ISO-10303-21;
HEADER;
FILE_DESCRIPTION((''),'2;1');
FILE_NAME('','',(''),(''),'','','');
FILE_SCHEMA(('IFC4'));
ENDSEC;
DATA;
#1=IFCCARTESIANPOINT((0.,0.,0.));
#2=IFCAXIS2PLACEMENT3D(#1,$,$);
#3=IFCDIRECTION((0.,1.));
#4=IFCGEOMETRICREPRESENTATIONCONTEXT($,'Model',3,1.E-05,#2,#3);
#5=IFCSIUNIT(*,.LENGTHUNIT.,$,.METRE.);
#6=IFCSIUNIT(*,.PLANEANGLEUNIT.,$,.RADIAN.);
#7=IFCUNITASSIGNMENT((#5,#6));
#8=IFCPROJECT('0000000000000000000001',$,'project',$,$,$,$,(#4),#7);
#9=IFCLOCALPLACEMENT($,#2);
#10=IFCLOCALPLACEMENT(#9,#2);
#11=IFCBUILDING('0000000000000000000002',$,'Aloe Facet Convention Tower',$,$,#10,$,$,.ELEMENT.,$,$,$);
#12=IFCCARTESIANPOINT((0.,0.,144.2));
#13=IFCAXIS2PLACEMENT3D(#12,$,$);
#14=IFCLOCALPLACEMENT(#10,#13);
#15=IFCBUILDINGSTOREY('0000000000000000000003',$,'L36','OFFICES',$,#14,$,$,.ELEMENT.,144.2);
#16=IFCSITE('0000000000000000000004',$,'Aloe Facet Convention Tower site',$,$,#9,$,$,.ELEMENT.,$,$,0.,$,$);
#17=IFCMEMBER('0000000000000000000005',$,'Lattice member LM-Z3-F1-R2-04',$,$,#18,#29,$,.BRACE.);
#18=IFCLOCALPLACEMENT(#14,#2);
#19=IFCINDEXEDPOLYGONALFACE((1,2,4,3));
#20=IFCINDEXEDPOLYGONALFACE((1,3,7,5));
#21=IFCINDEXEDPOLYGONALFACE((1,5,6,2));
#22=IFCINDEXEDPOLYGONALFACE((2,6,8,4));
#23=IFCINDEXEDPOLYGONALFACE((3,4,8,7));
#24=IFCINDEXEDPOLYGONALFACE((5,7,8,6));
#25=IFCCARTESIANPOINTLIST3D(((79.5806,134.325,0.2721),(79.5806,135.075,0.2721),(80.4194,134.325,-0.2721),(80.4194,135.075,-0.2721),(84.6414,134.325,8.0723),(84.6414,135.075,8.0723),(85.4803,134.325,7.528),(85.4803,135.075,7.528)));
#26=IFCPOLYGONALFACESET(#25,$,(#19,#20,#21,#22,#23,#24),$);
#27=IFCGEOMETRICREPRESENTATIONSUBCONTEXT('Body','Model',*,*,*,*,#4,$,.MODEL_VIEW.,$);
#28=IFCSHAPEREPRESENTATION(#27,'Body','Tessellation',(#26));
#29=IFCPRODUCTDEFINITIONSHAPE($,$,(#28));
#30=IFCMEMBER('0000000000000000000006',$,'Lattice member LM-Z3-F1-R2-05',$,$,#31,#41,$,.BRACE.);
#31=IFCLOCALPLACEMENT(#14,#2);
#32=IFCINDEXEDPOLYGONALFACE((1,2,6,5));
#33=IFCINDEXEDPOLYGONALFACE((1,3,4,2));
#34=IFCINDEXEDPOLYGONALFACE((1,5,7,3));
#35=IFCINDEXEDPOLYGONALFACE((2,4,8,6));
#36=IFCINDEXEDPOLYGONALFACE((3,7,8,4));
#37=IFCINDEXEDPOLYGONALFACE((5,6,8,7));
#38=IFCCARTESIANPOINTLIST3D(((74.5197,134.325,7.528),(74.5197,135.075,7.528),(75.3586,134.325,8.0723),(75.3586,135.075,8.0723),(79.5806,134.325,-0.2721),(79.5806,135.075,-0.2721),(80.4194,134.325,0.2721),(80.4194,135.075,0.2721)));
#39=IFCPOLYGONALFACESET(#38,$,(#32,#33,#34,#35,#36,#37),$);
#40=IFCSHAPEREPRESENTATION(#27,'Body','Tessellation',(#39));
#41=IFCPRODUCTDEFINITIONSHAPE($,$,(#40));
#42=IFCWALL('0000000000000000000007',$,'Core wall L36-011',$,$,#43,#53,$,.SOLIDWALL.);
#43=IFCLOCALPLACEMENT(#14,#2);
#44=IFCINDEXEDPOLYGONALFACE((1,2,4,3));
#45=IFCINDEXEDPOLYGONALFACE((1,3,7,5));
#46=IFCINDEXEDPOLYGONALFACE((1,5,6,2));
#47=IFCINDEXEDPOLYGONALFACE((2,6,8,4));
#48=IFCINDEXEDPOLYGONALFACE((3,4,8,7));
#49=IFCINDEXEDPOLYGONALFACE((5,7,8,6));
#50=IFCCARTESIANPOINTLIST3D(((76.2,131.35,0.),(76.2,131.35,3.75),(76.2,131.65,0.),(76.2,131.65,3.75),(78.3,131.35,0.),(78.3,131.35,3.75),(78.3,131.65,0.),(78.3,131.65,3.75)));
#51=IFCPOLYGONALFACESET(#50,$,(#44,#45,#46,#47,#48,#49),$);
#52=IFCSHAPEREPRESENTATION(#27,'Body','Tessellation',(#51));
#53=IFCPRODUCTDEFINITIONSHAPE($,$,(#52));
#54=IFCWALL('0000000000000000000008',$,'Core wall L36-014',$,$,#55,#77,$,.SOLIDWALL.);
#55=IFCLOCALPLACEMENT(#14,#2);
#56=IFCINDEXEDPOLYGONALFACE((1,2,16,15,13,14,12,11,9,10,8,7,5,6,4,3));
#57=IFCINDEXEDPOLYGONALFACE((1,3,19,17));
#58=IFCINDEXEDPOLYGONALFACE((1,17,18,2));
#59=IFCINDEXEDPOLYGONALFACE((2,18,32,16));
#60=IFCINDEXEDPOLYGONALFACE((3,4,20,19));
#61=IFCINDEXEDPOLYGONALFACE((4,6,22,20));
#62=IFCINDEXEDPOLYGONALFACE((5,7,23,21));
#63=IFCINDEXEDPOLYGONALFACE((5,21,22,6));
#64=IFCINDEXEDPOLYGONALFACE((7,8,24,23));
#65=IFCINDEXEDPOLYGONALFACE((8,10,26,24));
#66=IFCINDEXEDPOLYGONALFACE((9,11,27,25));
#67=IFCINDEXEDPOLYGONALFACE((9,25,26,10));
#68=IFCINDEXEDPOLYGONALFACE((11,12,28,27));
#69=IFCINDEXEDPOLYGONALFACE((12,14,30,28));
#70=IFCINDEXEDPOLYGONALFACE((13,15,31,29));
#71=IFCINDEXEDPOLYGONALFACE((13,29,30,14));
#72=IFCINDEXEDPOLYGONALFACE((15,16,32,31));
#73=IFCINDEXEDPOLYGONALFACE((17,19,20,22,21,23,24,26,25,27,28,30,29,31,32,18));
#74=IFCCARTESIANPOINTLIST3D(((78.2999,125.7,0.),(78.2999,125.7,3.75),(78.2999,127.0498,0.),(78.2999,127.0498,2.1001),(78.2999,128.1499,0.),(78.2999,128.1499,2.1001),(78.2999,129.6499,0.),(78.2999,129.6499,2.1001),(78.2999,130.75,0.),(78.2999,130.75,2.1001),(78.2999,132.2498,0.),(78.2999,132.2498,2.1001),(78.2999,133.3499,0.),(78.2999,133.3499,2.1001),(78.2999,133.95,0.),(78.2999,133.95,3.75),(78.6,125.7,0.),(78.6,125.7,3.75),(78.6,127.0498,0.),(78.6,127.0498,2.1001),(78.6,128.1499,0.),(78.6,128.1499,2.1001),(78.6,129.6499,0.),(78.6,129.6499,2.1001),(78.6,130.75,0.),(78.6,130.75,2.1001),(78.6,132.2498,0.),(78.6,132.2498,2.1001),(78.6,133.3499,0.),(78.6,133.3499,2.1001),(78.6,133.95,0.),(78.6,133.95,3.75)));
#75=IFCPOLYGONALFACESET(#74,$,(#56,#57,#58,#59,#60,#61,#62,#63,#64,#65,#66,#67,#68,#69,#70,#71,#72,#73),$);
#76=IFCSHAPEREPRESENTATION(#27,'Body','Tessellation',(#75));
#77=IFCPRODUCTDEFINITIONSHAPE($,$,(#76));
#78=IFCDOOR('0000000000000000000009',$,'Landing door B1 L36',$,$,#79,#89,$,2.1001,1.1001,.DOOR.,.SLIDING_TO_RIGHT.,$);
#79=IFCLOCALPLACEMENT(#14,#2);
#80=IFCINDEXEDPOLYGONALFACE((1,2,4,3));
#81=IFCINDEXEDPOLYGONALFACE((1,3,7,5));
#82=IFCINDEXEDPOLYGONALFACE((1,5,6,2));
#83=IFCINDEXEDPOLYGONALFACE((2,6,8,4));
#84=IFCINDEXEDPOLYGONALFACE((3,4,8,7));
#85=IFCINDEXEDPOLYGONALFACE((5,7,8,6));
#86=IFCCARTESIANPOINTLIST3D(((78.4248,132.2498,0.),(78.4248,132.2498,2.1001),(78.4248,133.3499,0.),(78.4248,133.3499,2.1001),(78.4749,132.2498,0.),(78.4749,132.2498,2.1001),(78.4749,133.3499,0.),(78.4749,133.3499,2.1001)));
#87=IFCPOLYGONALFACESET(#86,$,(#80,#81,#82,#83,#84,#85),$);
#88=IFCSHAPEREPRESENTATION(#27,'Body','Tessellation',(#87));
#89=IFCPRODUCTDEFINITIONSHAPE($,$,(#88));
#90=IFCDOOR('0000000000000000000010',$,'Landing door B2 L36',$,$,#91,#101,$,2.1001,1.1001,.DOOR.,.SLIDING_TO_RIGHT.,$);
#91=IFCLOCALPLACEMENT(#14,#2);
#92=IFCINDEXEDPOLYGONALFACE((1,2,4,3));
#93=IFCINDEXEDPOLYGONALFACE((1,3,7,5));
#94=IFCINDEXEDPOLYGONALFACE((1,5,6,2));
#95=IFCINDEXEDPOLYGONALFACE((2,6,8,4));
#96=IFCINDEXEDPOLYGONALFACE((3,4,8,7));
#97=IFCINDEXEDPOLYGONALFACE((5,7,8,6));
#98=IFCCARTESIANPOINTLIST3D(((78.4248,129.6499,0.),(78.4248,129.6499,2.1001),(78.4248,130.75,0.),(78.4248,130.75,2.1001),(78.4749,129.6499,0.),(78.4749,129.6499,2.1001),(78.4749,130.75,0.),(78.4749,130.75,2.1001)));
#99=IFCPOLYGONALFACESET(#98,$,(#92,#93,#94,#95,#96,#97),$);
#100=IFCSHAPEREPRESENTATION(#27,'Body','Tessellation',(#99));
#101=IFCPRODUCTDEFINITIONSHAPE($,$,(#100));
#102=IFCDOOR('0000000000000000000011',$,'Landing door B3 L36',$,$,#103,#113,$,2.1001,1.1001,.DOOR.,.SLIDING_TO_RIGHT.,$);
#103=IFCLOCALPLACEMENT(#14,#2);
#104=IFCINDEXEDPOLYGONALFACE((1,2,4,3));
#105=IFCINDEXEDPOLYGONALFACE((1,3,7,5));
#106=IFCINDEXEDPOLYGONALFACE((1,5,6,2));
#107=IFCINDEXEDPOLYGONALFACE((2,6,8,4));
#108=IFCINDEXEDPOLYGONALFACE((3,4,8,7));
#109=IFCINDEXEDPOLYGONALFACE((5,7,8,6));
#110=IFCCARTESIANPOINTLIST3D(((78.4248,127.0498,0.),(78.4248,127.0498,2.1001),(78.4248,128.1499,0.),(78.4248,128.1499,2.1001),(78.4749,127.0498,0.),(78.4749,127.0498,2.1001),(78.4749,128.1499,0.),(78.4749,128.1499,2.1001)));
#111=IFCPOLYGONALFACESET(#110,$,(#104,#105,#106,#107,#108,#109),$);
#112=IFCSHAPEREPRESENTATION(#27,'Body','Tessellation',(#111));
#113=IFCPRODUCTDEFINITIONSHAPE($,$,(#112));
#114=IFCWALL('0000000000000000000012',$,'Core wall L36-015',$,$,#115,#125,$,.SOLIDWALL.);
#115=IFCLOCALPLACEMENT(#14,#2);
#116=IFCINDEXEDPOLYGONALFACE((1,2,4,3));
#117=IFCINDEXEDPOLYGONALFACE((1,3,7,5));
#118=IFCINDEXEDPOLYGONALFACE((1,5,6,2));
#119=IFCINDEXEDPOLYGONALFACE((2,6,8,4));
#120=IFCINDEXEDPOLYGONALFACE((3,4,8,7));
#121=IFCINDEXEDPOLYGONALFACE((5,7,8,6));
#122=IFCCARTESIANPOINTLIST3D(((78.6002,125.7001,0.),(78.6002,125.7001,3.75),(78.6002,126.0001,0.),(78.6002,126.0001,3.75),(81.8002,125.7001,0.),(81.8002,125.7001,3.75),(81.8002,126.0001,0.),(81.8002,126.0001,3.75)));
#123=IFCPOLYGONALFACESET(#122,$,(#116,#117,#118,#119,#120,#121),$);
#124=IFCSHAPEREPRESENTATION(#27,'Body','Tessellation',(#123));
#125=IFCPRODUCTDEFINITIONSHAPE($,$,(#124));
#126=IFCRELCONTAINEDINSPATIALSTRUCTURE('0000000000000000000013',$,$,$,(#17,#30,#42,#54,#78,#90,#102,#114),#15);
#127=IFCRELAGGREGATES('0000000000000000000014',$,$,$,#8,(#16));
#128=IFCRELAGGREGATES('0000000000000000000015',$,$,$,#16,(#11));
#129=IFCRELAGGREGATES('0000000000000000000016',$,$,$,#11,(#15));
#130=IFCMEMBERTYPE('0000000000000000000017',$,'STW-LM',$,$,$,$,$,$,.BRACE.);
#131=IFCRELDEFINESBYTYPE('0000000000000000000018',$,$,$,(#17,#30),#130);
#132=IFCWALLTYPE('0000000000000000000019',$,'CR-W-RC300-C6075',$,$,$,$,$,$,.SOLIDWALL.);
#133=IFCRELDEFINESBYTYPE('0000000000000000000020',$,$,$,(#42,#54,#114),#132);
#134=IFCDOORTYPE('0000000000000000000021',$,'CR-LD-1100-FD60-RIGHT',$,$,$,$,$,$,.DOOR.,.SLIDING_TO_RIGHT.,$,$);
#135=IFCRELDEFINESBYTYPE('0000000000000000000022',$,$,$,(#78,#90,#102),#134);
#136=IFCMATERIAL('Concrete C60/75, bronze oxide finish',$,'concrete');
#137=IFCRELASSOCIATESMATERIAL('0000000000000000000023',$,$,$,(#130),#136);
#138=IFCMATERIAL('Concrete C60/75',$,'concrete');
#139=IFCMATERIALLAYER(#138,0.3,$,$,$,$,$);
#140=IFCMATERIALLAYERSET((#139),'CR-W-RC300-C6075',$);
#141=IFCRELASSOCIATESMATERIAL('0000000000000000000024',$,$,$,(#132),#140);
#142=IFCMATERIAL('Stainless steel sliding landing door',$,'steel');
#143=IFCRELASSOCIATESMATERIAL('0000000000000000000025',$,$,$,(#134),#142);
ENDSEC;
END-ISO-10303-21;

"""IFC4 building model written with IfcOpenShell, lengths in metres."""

from ifc_helpers import new_model, si_unit, direction, frame, frame_2d, origin, origin_2d, place, context, subcontext, project, spatial, rectangle, extrude, material, layer, layer_set, material_profile, profile_set, type_object, element, fill, save


model = new_model("IFC4")

# Units and contexts
model_context = context("Model", 3, precision=1e-05, world=origin(), true_north=direction((0.0, 1.0)))
body_context = subcontext(model_context, "Body", "Model", "MODEL_VIEW")
ifc_project = project(units=[si_unit("LENGTHUNIT", "METRE"), si_unit("PLANEANGLEUNIT", "RADIAN")], contexts=[model_context])

# Site, building, storey
site_placement = place(None, origin())
site = spatial("IfcSite", under=ifc_project, at=site_placement, Name="Aloe Facet Convention Tower site", CompositionType="ELEMENT", RefElevation=0.0)
building_placement = place(site_placement, origin())
building = spatial("IfcBuilding", under=site, at=building_placement, Name="Aloe Facet Convention Tower", CompositionType="ELEMENT")
storey_placement = place(building_placement, frame((0.0, 0.0, 144.2)))
storey = spatial("IfcBuildingStorey", under=building, at=storey_placement, Name="L36", Description="OFFICES", CompositionType="ELEMENT", Elevation=144.2)

# Members
ifc_material_1 = material(Name="Concrete C60/75, bronze oxide finish", Category="concrete")
ifc_material_profile = material_profile(ifc_material_1, rectangle(XDim=0.75, YDim=1.0, at=origin_2d()), Name="STW-LM")
ifc_profile_set = profile_set([ifc_material_profile], Name="Concrete C60/75, bronze oxide finish")
member_type = type_object("IfcMemberType", Name="STW-LM", PredefinedType="BRACE", material=ifc_profile_set)
for number, where, z_axis, x_axis, name in (
    (1, (80.0, 134.7, 0.0), (0.54429, 0.0, 0.838897), (0.0, 1.0, 0.0), "Lattice member LM-Z3-F1-R2-04"),
    (2, (80.0, 134.7, 0.0), (-0.54429, 0.0, 0.838897), (0.0, -1.0, 0.0), "Lattice member LM-Z3-F1-R2-05"),
):
    element("IfcMember", number, at=place(storey_placement, frame(where, z_axis=z_axis, x_axis=x_axis)), inside=storey, type_object=member_type, Name=name, PredefinedType="BRACE", context=body_context, shape_type="SweptSolid", body=[
        extrude(rectangle(XDim=0.75, YDim=1.0, at=origin_2d()), origin(), (0.0, 0.0, 1.0), 9.2981),
    ])

# Wall
ifc_material_2 = material(Name="Concrete C60/75", Category="concrete")
ifc_layer = layer(ifc_material_2, 0.3)
ifc_layer_set = layer_set([ifc_layer], Name="CR-W-RC300-C6075")
wall_type = type_object("IfcWallType", Name="CR-W-RC300-C6075", PredefinedType="SOLIDWALL", material=ifc_layer_set)
wall_1_placement = place(storey_placement, frame((76.2, 131.5, 0.0), z_axis=(0.0, 0.0, 1.0), x_axis=(1.0, 0.0, 0.0)))
element("IfcWall", 3, at=wall_1_placement, inside=storey, type_object=wall_type, Name="Core wall L36-011", PredefinedType="SOLIDWALL", context=body_context, shape_type="SweptSolid", body=[
    extrude(rectangle(XDim=2.1001, YDim=0.3, at=frame_2d((1.05, 0.0))), origin(), (0.0, 0.0, 1.0), 3.75),
])

# Wall, openings, doors
wall_2_placement = place(storey_placement, frame((78.45, 133.95, 0.0), z_axis=(0.0, 0.0, 1.0), x_axis=(0.0, -1.0, 0.0)))
wall_2 = element("IfcWall", 4, at=wall_2_placement, inside=storey, type_object=wall_type, Name="Core wall L36-014", PredefinedType="SOLIDWALL", context=body_context, shape_type="SweptSolid", body=[
    extrude(rectangle(XDim=8.25, YDim=0.3, at=frame_2d((4.125, 0.0))), origin(), (0.0, 0.0, 1.0), 3.75),
])
opening_1_placement = place(wall_2_placement, frame((0.6001, 0.0, 0.0)))
opening_1 = element("IfcOpeningElement", 5, at=opening_1_placement, cuts=wall_2, PredefinedType="OPENING", context=body_context, shape_type="SweptSolid", body=[
    extrude(rectangle(XDim=1.1001, YDim=2.1001, at=frame_2d((0.55, 1.05))), frame((0.0, 0.1602, 0.0), z_axis=(0.0, -1.0, 0.0), x_axis=(1.0, 0.0, 0.0)), (0.0, 0.0, 1.0), 0.3201),
])
opening_2_placement = place(wall_2_placement, frame((3.2, 0.0, 0.0)))
opening_2 = element("IfcOpeningElement", 6, at=opening_2_placement, cuts=wall_2, PredefinedType="OPENING", context=body_context, shape_type="SweptSolid", body=[
    extrude(rectangle(XDim=1.1001, YDim=2.1001, at=frame_2d((0.55, 1.05))), frame((0.0, 0.1602, 0.0), z_axis=(0.0, -1.0, 0.0), x_axis=(1.0, 0.0, 0.0)), (0.0, 0.0, 1.0), 0.3201),
])
opening_3_placement = place(wall_2_placement, frame((5.8, 0.0, 0.0)))
opening_3 = element("IfcOpeningElement", 7, at=opening_3_placement, cuts=wall_2, PredefinedType="OPENING", context=body_context, shape_type="SweptSolid", body=[
    extrude(rectangle(XDim=1.1001, YDim=2.1001, at=frame_2d((0.55, 1.05))), frame((0.0, 0.1602, 0.0), z_axis=(0.0, -1.0, 0.0), x_axis=(1.0, 0.0, 0.0)), (0.0, 0.0, 1.0), 0.3201),
])
ifc_material_3 = material(Name="Stainless steel sliding landing door", Category="steel")
door_type_1 = type_object("IfcDoorType", Name="CR-LD-1100-FD60-RIGHT", OperationType="SLIDING_TO_RIGHT", PredefinedType="DOOR", material=ifc_material_3)
door_1_placement = place(opening_1_placement, origin())
door_1 = element("IfcDoor", 8, at=door_1_placement, inside=storey, type_object=door_type_1, Name="Landing door B1 L36", OperationType="SLIDING_TO_RIGHT", OverallHeight=2.1001, OverallWidth=1.1001, PredefinedType="DOOR", context=body_context, shape_type="SweptSolid", body=[
    extrude(rectangle(XDim=1.1001, YDim=2.1001, at=frame_2d((0.55, 1.05))), frame((0.0, 0.0249, 0.0), z_axis=(0.0, -1.0, 0.0), x_axis=(1.0, 0.0, 0.0)), (0.0, 0.0, 1.0), 0.05),
])
fill(opening_1, door_1)
door_2_placement = place(opening_2_placement, origin())
door_2 = element("IfcDoor", 9, at=door_2_placement, inside=storey, type_object=door_type_1, Name="Landing door B2 L36", OperationType="SLIDING_TO_RIGHT", OverallHeight=2.1001, OverallWidth=1.1001, PredefinedType="DOOR", context=body_context, shape_type="SweptSolid", body=[
    extrude(rectangle(XDim=1.1001, YDim=2.1001, at=frame_2d((0.55, 1.05))), frame((0.0, 0.0249, 0.0), z_axis=(0.0, -1.0, 0.0), x_axis=(1.0, 0.0, 0.0)), (0.0, 0.0, 1.0), 0.05),
])
fill(opening_2, door_2)
door_3_placement = place(opening_3_placement, origin())
door_3 = element("IfcDoor", 10, at=door_3_placement, inside=storey, type_object=door_type_1, Name="Landing door B3 L36", OperationType="SLIDING_TO_RIGHT", OverallHeight=2.1001, OverallWidth=1.1001, PredefinedType="DOOR", context=body_context, shape_type="SweptSolid", body=[
    extrude(rectangle(XDim=1.1001, YDim=2.1001, at=frame_2d((0.55, 1.05))), frame((0.0, 0.0249, 0.0), z_axis=(0.0, -1.0, 0.0), x_axis=(1.0, 0.0, 0.0)), (0.0, 0.0, 1.0), 0.05),
])
fill(opening_3, door_3)

# Wall
wall_3_placement = place(storey_placement, frame((78.6001, 125.8501, 0.0), z_axis=(0.0, 0.0, 1.0), x_axis=(1.0, 0.0, 0.0)))
element("IfcWall", 11, at=wall_3_placement, inside=storey, type_object=wall_type, Name="Core wall L36-015", PredefinedType="SOLIDWALL", context=body_context, shape_type="SweptSolid", body=[
    extrude(rectangle(XDim=3.2, YDim=0.3, at=frame_2d((1.6001, 0.0))), origin(), (0.0, 0.0, 1.0), 3.75),
])

save(model, "model.ifc")
